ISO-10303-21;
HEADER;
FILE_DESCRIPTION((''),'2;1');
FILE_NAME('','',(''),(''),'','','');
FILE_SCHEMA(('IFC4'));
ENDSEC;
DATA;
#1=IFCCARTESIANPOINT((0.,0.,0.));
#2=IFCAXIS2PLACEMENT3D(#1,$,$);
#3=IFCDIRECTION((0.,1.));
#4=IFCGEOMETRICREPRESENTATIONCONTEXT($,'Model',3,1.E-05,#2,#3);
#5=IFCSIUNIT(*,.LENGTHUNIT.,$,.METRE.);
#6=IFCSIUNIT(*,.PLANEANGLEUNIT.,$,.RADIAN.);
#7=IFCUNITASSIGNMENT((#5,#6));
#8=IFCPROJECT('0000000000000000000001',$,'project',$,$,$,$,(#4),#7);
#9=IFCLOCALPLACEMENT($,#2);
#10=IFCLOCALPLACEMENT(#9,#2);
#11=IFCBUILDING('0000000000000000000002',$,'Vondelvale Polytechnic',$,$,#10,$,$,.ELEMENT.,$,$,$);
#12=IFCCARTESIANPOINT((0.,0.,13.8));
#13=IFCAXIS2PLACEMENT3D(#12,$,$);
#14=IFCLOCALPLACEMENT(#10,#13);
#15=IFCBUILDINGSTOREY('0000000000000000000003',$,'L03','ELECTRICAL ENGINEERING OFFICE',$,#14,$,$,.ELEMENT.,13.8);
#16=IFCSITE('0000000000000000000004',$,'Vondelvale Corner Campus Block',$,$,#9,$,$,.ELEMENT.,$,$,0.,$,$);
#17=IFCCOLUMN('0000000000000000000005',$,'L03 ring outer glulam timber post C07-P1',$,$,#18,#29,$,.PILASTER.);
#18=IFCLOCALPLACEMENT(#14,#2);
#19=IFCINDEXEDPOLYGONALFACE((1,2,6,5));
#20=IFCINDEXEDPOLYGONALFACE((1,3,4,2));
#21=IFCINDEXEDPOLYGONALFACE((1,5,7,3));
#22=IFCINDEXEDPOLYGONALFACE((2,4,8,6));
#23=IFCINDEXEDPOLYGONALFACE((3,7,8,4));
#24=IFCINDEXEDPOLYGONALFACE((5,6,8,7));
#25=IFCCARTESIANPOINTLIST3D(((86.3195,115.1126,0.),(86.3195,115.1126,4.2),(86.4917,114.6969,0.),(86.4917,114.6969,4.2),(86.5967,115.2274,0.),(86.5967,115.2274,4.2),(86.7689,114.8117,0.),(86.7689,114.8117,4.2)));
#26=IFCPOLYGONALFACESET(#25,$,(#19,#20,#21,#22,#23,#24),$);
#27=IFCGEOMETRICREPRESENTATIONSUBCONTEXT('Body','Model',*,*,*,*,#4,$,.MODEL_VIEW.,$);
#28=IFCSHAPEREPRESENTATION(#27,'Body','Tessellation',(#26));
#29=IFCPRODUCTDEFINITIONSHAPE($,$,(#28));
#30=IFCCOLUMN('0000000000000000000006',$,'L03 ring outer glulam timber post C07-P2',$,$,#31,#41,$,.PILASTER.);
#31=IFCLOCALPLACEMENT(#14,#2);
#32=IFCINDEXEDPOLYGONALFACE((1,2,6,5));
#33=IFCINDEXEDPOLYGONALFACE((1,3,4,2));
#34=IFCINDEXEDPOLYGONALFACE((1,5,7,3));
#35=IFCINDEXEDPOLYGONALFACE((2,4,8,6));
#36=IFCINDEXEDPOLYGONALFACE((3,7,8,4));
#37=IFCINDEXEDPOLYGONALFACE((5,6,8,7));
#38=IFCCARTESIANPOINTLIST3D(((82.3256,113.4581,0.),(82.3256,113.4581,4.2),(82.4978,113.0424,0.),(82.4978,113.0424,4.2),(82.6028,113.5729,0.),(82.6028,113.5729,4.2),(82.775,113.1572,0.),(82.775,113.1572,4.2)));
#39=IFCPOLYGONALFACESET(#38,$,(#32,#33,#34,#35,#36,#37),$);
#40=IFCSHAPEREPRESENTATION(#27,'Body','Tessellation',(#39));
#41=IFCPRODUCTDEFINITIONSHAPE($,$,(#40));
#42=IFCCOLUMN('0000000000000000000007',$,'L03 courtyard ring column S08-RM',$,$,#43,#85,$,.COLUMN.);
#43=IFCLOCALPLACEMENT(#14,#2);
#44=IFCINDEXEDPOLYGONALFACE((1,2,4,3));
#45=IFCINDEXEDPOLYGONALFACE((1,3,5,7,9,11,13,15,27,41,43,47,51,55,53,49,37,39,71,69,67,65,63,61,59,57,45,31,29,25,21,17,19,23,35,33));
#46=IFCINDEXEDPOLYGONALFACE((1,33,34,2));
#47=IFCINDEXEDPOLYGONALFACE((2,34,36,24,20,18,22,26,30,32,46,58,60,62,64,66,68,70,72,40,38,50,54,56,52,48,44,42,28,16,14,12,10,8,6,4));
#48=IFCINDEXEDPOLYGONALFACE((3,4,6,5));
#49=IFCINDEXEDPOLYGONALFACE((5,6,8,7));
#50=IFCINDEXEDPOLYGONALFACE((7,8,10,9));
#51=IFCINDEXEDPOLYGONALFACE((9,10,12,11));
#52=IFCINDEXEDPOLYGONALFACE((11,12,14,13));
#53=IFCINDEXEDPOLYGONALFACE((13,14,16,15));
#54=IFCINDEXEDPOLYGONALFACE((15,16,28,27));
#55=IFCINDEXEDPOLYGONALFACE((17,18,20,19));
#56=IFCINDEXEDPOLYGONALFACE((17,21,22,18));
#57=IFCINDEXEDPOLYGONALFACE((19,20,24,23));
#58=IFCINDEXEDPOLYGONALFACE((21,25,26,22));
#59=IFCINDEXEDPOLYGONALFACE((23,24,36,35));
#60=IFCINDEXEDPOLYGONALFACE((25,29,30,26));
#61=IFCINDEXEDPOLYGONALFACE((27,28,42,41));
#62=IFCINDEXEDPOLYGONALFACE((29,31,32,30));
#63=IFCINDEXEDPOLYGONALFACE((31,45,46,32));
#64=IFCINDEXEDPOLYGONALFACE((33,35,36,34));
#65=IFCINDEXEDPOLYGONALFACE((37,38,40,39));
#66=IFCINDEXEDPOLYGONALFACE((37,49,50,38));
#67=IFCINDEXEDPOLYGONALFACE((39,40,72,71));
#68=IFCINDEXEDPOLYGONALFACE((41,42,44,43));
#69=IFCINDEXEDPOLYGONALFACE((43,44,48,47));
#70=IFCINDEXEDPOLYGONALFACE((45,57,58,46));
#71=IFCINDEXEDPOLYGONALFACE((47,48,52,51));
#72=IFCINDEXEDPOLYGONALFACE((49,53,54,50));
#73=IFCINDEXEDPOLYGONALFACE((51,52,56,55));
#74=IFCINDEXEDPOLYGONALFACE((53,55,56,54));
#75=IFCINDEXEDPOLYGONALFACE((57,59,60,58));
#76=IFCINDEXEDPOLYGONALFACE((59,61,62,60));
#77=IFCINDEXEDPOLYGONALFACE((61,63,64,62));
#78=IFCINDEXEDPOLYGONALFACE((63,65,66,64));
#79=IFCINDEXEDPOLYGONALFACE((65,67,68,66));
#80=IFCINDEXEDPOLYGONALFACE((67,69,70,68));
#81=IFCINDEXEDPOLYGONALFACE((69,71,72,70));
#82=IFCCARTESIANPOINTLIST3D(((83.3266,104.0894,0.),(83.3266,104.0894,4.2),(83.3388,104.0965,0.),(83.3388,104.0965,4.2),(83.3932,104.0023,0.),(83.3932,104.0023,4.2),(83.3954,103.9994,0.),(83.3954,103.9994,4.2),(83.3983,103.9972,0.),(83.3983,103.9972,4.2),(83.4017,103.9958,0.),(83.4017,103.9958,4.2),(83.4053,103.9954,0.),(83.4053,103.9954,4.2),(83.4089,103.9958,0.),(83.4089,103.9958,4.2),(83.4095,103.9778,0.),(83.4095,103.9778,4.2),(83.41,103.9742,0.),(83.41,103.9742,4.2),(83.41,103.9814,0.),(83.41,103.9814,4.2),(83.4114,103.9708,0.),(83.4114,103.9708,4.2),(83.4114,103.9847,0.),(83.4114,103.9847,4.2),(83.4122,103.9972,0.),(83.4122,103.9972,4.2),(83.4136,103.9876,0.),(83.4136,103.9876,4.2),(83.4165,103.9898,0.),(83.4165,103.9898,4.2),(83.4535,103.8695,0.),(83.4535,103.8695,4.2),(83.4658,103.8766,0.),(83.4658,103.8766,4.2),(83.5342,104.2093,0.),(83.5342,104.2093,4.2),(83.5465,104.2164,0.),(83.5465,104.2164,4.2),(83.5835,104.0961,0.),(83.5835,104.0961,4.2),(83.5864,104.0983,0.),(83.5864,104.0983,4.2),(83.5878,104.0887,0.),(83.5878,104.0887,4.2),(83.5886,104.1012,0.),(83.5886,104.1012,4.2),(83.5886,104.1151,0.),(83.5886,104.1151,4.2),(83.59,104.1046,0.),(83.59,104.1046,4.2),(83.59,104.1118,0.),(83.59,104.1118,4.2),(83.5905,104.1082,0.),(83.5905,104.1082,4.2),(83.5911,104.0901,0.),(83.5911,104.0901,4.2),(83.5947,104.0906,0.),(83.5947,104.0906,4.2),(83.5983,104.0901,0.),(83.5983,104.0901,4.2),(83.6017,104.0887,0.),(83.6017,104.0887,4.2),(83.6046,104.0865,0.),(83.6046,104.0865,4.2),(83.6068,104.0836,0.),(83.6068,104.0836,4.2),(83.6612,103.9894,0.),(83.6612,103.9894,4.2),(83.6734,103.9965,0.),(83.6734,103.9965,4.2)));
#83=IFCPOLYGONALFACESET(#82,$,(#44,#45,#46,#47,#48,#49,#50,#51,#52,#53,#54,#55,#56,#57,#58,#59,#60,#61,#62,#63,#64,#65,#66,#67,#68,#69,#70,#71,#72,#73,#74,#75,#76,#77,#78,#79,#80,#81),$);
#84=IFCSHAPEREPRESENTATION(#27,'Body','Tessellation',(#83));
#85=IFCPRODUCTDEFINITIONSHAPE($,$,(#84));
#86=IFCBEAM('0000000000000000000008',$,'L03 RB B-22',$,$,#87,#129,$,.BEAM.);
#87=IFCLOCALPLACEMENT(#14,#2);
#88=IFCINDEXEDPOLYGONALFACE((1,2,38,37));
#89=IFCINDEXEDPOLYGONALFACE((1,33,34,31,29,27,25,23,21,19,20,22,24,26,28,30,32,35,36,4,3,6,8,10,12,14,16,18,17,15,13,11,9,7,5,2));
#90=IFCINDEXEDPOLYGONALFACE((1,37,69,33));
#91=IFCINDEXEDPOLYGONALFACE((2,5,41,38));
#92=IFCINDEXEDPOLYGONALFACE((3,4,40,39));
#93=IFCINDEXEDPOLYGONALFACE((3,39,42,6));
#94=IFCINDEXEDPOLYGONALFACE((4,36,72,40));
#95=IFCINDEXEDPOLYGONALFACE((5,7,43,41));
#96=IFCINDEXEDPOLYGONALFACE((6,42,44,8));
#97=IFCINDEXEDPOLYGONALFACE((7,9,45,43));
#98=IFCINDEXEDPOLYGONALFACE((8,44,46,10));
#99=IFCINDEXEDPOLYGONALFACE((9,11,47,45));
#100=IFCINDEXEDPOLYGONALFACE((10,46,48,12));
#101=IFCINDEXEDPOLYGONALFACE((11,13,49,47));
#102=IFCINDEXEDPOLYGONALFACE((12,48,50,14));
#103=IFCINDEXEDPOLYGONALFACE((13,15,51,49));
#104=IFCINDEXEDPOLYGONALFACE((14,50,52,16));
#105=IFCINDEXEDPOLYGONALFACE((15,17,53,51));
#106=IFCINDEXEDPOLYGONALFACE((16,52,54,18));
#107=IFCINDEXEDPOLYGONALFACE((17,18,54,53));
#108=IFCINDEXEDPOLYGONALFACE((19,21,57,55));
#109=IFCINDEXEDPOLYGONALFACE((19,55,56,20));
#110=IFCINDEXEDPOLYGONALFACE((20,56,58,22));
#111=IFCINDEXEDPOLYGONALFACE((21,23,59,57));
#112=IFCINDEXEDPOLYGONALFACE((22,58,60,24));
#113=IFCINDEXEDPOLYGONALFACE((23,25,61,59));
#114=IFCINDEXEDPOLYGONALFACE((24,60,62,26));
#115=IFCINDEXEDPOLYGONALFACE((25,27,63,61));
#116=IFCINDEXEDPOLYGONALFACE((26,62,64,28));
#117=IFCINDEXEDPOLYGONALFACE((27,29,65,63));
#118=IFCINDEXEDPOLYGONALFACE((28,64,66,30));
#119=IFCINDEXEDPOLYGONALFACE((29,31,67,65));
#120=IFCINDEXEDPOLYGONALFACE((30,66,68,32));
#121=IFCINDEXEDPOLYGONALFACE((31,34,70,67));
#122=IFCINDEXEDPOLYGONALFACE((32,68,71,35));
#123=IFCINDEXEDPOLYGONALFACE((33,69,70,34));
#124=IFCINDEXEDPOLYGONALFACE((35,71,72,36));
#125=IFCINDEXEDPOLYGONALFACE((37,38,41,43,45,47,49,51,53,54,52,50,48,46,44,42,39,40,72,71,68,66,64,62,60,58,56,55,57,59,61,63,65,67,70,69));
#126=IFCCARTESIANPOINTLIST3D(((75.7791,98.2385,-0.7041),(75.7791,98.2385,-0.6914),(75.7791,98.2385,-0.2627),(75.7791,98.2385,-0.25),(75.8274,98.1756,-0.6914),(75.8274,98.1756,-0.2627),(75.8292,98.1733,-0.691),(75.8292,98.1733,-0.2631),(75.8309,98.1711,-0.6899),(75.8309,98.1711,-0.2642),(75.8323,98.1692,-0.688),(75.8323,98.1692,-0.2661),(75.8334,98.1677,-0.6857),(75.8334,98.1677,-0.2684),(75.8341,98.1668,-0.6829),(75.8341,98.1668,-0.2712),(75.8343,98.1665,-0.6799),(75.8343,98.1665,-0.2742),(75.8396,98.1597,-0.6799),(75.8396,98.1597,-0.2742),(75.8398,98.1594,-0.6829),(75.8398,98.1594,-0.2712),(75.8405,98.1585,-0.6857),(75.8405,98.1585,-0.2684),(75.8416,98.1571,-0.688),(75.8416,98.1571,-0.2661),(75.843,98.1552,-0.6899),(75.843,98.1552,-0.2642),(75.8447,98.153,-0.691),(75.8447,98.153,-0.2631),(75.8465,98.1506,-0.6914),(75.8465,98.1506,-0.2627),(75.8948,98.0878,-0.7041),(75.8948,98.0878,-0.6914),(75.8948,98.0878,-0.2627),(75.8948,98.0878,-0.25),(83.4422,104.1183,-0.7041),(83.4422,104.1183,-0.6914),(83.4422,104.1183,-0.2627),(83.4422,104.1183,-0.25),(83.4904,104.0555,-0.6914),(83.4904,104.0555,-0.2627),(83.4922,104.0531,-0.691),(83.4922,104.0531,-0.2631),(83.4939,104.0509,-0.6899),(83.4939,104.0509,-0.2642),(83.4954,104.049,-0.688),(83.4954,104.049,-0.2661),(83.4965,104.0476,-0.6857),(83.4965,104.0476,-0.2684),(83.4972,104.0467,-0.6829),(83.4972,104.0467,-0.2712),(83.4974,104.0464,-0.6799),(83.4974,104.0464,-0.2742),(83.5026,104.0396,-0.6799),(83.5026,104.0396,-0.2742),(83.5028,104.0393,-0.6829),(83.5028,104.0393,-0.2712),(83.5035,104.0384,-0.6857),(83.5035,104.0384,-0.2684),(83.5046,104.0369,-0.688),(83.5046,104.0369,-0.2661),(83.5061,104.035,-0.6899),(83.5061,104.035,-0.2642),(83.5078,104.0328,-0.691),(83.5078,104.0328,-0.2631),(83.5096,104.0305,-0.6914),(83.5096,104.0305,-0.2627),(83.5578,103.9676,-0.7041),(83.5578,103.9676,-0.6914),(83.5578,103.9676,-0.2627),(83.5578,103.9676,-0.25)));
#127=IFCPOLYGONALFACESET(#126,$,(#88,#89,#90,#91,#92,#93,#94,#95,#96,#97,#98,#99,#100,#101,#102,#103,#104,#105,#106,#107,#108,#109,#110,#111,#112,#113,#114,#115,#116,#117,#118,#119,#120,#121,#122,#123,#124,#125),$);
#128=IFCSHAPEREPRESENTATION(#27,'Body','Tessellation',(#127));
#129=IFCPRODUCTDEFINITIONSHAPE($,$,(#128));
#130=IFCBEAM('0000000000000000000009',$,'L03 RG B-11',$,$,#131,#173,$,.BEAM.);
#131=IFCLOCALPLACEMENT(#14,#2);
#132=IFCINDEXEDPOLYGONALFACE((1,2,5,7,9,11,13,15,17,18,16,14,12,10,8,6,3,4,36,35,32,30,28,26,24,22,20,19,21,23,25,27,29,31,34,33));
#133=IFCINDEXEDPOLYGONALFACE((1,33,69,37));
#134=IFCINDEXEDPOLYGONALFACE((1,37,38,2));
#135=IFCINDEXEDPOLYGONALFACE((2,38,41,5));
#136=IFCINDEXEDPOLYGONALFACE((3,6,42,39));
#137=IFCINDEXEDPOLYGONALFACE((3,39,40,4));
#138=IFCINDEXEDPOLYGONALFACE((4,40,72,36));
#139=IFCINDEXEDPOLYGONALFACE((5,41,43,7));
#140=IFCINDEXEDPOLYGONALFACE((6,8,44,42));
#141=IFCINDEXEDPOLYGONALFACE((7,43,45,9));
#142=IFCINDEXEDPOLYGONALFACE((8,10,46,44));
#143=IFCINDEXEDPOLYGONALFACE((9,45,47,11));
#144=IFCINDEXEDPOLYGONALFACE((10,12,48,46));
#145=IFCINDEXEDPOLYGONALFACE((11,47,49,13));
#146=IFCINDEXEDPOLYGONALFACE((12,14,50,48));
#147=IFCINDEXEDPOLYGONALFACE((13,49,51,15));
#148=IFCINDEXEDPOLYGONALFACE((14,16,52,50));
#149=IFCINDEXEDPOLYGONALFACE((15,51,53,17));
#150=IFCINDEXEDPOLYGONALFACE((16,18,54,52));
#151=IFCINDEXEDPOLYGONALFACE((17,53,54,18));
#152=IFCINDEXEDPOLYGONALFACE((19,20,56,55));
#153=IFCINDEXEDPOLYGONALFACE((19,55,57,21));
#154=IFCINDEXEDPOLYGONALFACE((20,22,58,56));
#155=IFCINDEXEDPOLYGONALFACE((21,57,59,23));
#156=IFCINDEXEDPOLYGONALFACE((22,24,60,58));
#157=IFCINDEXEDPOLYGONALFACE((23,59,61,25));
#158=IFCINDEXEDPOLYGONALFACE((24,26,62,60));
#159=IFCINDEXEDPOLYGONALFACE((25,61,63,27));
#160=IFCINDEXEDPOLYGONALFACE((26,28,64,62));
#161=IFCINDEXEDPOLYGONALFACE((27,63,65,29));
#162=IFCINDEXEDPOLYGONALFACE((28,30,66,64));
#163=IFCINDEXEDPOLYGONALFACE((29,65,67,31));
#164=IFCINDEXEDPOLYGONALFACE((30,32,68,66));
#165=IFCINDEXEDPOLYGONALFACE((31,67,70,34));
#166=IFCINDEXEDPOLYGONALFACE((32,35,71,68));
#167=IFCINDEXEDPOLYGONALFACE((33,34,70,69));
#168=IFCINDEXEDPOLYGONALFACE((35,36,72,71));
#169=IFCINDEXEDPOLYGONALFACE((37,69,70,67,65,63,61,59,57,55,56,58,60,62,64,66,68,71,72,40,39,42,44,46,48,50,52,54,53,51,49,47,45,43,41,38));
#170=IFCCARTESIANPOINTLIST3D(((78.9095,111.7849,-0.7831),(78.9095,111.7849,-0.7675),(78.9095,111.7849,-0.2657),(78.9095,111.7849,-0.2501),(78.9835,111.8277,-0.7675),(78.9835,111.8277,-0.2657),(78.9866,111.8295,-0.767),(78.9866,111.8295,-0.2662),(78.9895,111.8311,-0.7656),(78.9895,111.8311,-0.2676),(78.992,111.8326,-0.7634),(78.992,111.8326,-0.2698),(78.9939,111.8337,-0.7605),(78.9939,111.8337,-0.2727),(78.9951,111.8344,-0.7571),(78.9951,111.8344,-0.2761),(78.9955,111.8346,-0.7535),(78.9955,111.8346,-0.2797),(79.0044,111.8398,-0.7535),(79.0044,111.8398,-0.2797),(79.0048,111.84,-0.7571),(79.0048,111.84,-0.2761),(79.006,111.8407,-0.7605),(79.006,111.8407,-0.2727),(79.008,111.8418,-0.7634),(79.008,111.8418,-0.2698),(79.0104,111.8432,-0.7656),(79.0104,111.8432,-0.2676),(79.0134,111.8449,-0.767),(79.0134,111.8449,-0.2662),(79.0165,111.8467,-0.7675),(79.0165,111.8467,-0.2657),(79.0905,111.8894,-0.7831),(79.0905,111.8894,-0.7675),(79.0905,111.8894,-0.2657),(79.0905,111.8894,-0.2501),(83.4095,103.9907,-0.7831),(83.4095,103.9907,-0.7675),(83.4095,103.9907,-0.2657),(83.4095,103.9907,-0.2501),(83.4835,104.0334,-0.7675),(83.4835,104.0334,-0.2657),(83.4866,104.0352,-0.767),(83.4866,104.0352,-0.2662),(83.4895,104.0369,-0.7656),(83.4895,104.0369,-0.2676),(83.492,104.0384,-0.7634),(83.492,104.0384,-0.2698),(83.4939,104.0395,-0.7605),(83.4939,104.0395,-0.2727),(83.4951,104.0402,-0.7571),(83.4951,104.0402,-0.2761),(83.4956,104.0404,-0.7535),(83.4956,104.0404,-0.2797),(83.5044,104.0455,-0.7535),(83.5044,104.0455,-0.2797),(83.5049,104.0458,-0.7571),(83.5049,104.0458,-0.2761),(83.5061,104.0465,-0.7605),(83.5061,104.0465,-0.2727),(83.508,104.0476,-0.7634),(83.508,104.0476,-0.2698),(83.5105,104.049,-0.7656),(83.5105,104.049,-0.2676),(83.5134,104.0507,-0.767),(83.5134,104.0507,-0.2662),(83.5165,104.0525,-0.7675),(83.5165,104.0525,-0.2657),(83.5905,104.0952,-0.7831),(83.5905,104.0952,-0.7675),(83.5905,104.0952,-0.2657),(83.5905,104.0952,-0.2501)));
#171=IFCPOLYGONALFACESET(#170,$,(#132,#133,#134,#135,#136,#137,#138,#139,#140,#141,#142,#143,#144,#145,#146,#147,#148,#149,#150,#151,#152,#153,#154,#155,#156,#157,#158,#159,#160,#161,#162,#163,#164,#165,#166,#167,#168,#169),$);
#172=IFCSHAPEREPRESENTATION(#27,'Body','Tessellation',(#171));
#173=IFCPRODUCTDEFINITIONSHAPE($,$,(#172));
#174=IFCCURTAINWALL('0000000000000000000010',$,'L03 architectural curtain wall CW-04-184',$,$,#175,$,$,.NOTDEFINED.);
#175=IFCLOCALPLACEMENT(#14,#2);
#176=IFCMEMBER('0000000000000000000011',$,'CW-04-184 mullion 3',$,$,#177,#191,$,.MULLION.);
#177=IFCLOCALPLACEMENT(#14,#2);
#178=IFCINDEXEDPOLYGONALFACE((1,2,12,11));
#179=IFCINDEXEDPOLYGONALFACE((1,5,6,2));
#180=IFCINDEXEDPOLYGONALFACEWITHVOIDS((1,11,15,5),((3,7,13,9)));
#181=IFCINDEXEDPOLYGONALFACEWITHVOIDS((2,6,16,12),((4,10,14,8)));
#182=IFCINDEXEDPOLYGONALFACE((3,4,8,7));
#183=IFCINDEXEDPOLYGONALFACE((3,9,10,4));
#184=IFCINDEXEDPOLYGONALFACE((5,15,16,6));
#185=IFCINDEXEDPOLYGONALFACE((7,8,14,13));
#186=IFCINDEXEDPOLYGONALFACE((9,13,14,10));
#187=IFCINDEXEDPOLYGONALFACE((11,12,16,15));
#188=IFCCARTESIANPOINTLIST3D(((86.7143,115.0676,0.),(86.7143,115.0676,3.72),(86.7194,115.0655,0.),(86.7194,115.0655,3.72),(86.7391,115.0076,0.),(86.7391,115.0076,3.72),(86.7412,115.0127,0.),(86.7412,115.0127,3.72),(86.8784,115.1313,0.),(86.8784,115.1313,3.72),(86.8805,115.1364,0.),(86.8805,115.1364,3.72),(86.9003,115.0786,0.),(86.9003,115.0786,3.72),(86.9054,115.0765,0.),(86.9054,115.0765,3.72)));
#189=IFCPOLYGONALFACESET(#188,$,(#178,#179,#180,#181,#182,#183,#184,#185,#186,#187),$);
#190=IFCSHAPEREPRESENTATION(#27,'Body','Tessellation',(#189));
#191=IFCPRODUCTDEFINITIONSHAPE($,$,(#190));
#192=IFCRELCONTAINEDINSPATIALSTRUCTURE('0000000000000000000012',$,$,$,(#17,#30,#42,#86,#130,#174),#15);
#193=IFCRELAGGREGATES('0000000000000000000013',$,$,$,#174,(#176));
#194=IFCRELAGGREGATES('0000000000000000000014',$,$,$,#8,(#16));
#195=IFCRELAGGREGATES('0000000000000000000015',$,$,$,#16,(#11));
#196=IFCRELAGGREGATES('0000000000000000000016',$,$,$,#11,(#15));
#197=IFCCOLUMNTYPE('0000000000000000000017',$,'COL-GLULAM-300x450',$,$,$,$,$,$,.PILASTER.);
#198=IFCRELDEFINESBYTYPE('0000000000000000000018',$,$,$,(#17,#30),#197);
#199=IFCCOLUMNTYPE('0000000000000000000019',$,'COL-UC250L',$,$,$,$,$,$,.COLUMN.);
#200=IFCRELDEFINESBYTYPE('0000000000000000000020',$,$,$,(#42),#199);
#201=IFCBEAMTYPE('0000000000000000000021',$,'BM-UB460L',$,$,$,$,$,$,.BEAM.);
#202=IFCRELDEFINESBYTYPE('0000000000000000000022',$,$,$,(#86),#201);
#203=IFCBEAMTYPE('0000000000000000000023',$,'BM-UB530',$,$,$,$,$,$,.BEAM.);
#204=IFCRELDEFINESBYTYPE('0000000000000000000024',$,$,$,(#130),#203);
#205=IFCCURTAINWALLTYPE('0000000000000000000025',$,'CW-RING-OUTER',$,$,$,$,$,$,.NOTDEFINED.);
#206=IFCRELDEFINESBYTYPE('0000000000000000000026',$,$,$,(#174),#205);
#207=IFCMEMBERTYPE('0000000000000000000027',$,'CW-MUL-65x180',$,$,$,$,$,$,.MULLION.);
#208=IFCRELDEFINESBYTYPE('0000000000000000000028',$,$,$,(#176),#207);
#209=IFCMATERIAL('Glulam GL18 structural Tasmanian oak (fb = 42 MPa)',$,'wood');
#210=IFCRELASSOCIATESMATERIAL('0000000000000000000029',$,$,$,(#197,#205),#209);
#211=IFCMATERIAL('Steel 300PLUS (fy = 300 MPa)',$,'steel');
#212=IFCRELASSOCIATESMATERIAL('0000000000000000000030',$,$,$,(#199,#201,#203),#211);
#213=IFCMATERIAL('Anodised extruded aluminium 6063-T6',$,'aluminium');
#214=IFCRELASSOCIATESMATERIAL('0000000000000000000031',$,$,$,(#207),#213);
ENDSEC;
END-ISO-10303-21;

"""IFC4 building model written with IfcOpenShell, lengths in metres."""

from ifc_helpers import new_model, si_unit, direction, frame, origin, origin_2d, place, context, subcontext, project, spatial, rectangle, hollow_rectangle, i_section, extrude, material, material_profile, profile_set, type_object, element, aggregate, save


model = new_model("IFC4")

# Units and contexts
model_context = context("Model", 3, precision=1e-05, world=origin(), true_north=direction((0.0, 1.0)))
body_context = subcontext(model_context, "Body", "Model", "MODEL_VIEW")
ifc_project = project(units=[si_unit("LENGTHUNIT", "METRE"), si_unit("PLANEANGLEUNIT", "RADIAN")], contexts=[model_context])

# Site, building, storey
site_placement = place(None, origin())
site = spatial("IfcSite", under=ifc_project, at=site_placement, Name="Vondelvale Corner Campus Block", CompositionType="ELEMENT", RefElevation=0.0)
building_placement = place(site_placement, origin())
building = spatial("IfcBuilding", under=site, at=building_placement, Name="Vondelvale Polytechnic", CompositionType="ELEMENT")
storey_placement = place(building_placement, frame((0.0, 0.0, 13.8)))
storey = spatial("IfcBuildingStorey", under=building, at=storey_placement, Name="L03", Description="ELECTRICAL ENGINEERING OFFICE", CompositionType="ELEMENT", Elevation=13.8)

# Columns
ifc_material_1 = material(Name="Glulam GL18 structural Tasmanian oak (fb = 42 MPa)", Category="wood")
ifc_material_profile_1 = material_profile(ifc_material_1, rectangle(XDim=0.3, YDim=0.45, at=origin_2d()), Name="GL-POST-300x450")
ifc_profile_set_1 = profile_set([ifc_material_profile_1], Name="Glulam GL18 structural Tasmanian oak (fb = 42 MPa)")
column_type_1 = type_object("IfcColumnType", Name="COL-GLULAM-300x450", PredefinedType="PILASTER", material=ifc_profile_set_1)
for number, where, z_axis, x_axis, name in (
    (1, (86.5442, 114.9622, 0.0), (0.0, 0.0, 1.0), (0.92388, 0.382683, 0.0), "L03 ring outer glulam timber post C07-P1"),
    (2, (82.5503, 113.3076, 0.0), (0.0, 0.0, 1.0), (0.92388, 0.382683, 0.0), "L03 ring outer glulam timber post C07-P2"),
):
    element("IfcColumn", number, at=place(storey_placement, frame(where, z_axis=z_axis, x_axis=x_axis)), inside=storey, type_object=column_type_1, Name=name, PredefinedType="PILASTER", context=body_context, shape_type="SweptSolid", body=[
        extrude(rectangle(XDim=0.3, YDim=0.45, at=origin_2d()), origin(), (0.0, 0.0, 1.0), 4.2),
    ])
ifc_material_2 = material(Name="Steel 300PLUS (fy = 300 MPa)", Category="steel")
ifc_material_profile_2 = material_profile(ifc_material_2, i_section(OverallWidth=0.2539, OverallDepth=0.2539, WebThickness=0.0085, FlangeThickness=0.0142, FilletRadius=0.0139, at=origin_2d()), Name="250UC72.9")
ifc_profile_set_2 = profile_set([ifc_material_profile_2], Name="Steel 300PLUS (fy = 300 MPa)")
column_type_2 = type_object("IfcColumnType", Name="COL-UC250L", PredefinedType="COLUMN", material=ifc_profile_set_2)
column_placement = place(storey_placement, frame((83.5, 104.043, 0.0), z_axis=(0.0, 0.0, 1.0), x_axis=(-0.5, 0.866025, 0.0)))
element("IfcColumn", 3, at=column_placement, inside=storey, type_object=column_type_2, Name="L03 courtyard ring column S08-RM", PredefinedType="COLUMN", context=body_context, shape_type="SweptSolid", body=[
    extrude(i_section(OverallWidth=0.2539, OverallDepth=0.2539, WebThickness=0.0085, FlangeThickness=0.0142, FilletRadius=0.0139, at=origin_2d()), origin(), (0.0, 0.0, 1.0), 4.2),
])

# Beams
ifc_material_profile_3 = material_profile(ifc_material_2, i_section(OverallWidth=0.1899, OverallDepth=0.4541, WebThickness=0.0085, FlangeThickness=0.0127, FilletRadius=0.0115, at=origin_2d()), Name="460UB67.1")
ifc_profile_set_3 = profile_set([ifc_material_profile_3], Name="Steel 300PLUS (fy = 300 MPa)")
beam_type_1 = type_object("IfcBeamType", Name="BM-UB460L", PredefinedType="BEAM", material=ifc_profile_set_3)
beam_1_placement = place(storey_placement, frame((83.5, 104.043, -0.4771), z_axis=(-0.793364, -0.608748, 0.0), x_axis=(0.608748, -0.793364, 0.0)))
element("IfcBeam", 4, at=beam_1_placement, inside=storey, type_object=beam_type_1, Name="L03 RB B-22", PredefinedType="BEAM", context=body_context, shape_type="SweptSolid", body=[
    extrude(i_section(OverallWidth=0.1899, OverallDepth=0.4541, WebThickness=0.0085, FlangeThickness=0.0127, FilletRadius=0.0115, at=origin_2d()), origin(), (0.0, 0.0, 1.0), 9.6589),
])
ifc_material_profile_4 = material_profile(ifc_material_2, i_section(OverallWidth=0.209, OverallDepth=0.533, WebThickness=0.0103, FlangeThickness=0.0156, FilletRadius=0.0139, at=origin_2d()), Name="530UB92.4")
ifc_profile_set_4 = profile_set([ifc_material_profile_4], Name="Steel 300PLUS (fy = 300 MPa)")
beam_type_2 = type_object("IfcBeamType", Name="BM-UB530", PredefinedType="BEAM", material=ifc_profile_set_4)
beam_2_placement = place(storey_placement, frame((83.5, 104.043, -0.5166), z_axis=(-0.500002, 0.866024, 0.0), x_axis=(-0.866024, -0.500002, 0.0)))
element("IfcBeam", 5, at=beam_2_placement, inside=storey, type_object=beam_type_2, Name="L03 RG B-11", PredefinedType="BEAM", context=body_context, shape_type="SweptSolid", body=[
    extrude(i_section(OverallWidth=0.209, OverallDepth=0.533, WebThickness=0.0103, FlangeThickness=0.0156, FilletRadius=0.0139, at=origin_2d()), origin(), (0.0, 0.0, 1.0), 9.0),
])

# Curtain wall, member
curtain_wall_type = type_object("IfcCurtainWallType", Name="CW-RING-OUTER", PredefinedType="NOTDEFINED", material=ifc_material_1)
curtain_wall_1_placement = place(storey_placement, origin())
curtain_wall_1 = element("IfcCurtainWall", 6, at=curtain_wall_1_placement, inside=storey, type_object=curtain_wall_type, Name="L03 architectural curtain wall CW-04-184", PredefinedType="NOTDEFINED")
ifc_material_3 = material(Name="Anodised extruded aluminium 6063-T6", Category="aluminium")
ifc_material_profile_5 = material_profile(ifc_material_3, hollow_rectangle(XDim=0.0649, YDim=0.1799, WallThickness=0.0039, at=origin_2d()), Name="CW-MUL-180x65")
ifc_profile_set_5 = profile_set([ifc_material_profile_5], Name="Anodised extruded aluminium 6063-T6")
member_type_1 = type_object("IfcMemberType", Name="CW-MUL-65x180", PredefinedType="MULLION", material=ifc_profile_set_5)
member_1_placement = place(storey_placement, frame((86.8098, 115.072, 0.0), z_axis=(0.0, 0.0, 1.0), x_axis=(0.382677, -0.923882, 0.0)))
member_1 = element("IfcMember", 7, at=member_1_placement, type_object=member_type_1, Name="CW-04-184 mullion 3", PredefinedType="MULLION", context=body_context, shape_type="SweptSolid", body=[
    extrude(hollow_rectangle(XDim=0.0649, YDim=0.1799, WallThickness=0.0039, at=origin_2d()), origin(), (0.0, 0.0, 1.0), 3.72),
])

aggregate(curtain_wall_1, [member_1])

save(model, "model.ifc")
